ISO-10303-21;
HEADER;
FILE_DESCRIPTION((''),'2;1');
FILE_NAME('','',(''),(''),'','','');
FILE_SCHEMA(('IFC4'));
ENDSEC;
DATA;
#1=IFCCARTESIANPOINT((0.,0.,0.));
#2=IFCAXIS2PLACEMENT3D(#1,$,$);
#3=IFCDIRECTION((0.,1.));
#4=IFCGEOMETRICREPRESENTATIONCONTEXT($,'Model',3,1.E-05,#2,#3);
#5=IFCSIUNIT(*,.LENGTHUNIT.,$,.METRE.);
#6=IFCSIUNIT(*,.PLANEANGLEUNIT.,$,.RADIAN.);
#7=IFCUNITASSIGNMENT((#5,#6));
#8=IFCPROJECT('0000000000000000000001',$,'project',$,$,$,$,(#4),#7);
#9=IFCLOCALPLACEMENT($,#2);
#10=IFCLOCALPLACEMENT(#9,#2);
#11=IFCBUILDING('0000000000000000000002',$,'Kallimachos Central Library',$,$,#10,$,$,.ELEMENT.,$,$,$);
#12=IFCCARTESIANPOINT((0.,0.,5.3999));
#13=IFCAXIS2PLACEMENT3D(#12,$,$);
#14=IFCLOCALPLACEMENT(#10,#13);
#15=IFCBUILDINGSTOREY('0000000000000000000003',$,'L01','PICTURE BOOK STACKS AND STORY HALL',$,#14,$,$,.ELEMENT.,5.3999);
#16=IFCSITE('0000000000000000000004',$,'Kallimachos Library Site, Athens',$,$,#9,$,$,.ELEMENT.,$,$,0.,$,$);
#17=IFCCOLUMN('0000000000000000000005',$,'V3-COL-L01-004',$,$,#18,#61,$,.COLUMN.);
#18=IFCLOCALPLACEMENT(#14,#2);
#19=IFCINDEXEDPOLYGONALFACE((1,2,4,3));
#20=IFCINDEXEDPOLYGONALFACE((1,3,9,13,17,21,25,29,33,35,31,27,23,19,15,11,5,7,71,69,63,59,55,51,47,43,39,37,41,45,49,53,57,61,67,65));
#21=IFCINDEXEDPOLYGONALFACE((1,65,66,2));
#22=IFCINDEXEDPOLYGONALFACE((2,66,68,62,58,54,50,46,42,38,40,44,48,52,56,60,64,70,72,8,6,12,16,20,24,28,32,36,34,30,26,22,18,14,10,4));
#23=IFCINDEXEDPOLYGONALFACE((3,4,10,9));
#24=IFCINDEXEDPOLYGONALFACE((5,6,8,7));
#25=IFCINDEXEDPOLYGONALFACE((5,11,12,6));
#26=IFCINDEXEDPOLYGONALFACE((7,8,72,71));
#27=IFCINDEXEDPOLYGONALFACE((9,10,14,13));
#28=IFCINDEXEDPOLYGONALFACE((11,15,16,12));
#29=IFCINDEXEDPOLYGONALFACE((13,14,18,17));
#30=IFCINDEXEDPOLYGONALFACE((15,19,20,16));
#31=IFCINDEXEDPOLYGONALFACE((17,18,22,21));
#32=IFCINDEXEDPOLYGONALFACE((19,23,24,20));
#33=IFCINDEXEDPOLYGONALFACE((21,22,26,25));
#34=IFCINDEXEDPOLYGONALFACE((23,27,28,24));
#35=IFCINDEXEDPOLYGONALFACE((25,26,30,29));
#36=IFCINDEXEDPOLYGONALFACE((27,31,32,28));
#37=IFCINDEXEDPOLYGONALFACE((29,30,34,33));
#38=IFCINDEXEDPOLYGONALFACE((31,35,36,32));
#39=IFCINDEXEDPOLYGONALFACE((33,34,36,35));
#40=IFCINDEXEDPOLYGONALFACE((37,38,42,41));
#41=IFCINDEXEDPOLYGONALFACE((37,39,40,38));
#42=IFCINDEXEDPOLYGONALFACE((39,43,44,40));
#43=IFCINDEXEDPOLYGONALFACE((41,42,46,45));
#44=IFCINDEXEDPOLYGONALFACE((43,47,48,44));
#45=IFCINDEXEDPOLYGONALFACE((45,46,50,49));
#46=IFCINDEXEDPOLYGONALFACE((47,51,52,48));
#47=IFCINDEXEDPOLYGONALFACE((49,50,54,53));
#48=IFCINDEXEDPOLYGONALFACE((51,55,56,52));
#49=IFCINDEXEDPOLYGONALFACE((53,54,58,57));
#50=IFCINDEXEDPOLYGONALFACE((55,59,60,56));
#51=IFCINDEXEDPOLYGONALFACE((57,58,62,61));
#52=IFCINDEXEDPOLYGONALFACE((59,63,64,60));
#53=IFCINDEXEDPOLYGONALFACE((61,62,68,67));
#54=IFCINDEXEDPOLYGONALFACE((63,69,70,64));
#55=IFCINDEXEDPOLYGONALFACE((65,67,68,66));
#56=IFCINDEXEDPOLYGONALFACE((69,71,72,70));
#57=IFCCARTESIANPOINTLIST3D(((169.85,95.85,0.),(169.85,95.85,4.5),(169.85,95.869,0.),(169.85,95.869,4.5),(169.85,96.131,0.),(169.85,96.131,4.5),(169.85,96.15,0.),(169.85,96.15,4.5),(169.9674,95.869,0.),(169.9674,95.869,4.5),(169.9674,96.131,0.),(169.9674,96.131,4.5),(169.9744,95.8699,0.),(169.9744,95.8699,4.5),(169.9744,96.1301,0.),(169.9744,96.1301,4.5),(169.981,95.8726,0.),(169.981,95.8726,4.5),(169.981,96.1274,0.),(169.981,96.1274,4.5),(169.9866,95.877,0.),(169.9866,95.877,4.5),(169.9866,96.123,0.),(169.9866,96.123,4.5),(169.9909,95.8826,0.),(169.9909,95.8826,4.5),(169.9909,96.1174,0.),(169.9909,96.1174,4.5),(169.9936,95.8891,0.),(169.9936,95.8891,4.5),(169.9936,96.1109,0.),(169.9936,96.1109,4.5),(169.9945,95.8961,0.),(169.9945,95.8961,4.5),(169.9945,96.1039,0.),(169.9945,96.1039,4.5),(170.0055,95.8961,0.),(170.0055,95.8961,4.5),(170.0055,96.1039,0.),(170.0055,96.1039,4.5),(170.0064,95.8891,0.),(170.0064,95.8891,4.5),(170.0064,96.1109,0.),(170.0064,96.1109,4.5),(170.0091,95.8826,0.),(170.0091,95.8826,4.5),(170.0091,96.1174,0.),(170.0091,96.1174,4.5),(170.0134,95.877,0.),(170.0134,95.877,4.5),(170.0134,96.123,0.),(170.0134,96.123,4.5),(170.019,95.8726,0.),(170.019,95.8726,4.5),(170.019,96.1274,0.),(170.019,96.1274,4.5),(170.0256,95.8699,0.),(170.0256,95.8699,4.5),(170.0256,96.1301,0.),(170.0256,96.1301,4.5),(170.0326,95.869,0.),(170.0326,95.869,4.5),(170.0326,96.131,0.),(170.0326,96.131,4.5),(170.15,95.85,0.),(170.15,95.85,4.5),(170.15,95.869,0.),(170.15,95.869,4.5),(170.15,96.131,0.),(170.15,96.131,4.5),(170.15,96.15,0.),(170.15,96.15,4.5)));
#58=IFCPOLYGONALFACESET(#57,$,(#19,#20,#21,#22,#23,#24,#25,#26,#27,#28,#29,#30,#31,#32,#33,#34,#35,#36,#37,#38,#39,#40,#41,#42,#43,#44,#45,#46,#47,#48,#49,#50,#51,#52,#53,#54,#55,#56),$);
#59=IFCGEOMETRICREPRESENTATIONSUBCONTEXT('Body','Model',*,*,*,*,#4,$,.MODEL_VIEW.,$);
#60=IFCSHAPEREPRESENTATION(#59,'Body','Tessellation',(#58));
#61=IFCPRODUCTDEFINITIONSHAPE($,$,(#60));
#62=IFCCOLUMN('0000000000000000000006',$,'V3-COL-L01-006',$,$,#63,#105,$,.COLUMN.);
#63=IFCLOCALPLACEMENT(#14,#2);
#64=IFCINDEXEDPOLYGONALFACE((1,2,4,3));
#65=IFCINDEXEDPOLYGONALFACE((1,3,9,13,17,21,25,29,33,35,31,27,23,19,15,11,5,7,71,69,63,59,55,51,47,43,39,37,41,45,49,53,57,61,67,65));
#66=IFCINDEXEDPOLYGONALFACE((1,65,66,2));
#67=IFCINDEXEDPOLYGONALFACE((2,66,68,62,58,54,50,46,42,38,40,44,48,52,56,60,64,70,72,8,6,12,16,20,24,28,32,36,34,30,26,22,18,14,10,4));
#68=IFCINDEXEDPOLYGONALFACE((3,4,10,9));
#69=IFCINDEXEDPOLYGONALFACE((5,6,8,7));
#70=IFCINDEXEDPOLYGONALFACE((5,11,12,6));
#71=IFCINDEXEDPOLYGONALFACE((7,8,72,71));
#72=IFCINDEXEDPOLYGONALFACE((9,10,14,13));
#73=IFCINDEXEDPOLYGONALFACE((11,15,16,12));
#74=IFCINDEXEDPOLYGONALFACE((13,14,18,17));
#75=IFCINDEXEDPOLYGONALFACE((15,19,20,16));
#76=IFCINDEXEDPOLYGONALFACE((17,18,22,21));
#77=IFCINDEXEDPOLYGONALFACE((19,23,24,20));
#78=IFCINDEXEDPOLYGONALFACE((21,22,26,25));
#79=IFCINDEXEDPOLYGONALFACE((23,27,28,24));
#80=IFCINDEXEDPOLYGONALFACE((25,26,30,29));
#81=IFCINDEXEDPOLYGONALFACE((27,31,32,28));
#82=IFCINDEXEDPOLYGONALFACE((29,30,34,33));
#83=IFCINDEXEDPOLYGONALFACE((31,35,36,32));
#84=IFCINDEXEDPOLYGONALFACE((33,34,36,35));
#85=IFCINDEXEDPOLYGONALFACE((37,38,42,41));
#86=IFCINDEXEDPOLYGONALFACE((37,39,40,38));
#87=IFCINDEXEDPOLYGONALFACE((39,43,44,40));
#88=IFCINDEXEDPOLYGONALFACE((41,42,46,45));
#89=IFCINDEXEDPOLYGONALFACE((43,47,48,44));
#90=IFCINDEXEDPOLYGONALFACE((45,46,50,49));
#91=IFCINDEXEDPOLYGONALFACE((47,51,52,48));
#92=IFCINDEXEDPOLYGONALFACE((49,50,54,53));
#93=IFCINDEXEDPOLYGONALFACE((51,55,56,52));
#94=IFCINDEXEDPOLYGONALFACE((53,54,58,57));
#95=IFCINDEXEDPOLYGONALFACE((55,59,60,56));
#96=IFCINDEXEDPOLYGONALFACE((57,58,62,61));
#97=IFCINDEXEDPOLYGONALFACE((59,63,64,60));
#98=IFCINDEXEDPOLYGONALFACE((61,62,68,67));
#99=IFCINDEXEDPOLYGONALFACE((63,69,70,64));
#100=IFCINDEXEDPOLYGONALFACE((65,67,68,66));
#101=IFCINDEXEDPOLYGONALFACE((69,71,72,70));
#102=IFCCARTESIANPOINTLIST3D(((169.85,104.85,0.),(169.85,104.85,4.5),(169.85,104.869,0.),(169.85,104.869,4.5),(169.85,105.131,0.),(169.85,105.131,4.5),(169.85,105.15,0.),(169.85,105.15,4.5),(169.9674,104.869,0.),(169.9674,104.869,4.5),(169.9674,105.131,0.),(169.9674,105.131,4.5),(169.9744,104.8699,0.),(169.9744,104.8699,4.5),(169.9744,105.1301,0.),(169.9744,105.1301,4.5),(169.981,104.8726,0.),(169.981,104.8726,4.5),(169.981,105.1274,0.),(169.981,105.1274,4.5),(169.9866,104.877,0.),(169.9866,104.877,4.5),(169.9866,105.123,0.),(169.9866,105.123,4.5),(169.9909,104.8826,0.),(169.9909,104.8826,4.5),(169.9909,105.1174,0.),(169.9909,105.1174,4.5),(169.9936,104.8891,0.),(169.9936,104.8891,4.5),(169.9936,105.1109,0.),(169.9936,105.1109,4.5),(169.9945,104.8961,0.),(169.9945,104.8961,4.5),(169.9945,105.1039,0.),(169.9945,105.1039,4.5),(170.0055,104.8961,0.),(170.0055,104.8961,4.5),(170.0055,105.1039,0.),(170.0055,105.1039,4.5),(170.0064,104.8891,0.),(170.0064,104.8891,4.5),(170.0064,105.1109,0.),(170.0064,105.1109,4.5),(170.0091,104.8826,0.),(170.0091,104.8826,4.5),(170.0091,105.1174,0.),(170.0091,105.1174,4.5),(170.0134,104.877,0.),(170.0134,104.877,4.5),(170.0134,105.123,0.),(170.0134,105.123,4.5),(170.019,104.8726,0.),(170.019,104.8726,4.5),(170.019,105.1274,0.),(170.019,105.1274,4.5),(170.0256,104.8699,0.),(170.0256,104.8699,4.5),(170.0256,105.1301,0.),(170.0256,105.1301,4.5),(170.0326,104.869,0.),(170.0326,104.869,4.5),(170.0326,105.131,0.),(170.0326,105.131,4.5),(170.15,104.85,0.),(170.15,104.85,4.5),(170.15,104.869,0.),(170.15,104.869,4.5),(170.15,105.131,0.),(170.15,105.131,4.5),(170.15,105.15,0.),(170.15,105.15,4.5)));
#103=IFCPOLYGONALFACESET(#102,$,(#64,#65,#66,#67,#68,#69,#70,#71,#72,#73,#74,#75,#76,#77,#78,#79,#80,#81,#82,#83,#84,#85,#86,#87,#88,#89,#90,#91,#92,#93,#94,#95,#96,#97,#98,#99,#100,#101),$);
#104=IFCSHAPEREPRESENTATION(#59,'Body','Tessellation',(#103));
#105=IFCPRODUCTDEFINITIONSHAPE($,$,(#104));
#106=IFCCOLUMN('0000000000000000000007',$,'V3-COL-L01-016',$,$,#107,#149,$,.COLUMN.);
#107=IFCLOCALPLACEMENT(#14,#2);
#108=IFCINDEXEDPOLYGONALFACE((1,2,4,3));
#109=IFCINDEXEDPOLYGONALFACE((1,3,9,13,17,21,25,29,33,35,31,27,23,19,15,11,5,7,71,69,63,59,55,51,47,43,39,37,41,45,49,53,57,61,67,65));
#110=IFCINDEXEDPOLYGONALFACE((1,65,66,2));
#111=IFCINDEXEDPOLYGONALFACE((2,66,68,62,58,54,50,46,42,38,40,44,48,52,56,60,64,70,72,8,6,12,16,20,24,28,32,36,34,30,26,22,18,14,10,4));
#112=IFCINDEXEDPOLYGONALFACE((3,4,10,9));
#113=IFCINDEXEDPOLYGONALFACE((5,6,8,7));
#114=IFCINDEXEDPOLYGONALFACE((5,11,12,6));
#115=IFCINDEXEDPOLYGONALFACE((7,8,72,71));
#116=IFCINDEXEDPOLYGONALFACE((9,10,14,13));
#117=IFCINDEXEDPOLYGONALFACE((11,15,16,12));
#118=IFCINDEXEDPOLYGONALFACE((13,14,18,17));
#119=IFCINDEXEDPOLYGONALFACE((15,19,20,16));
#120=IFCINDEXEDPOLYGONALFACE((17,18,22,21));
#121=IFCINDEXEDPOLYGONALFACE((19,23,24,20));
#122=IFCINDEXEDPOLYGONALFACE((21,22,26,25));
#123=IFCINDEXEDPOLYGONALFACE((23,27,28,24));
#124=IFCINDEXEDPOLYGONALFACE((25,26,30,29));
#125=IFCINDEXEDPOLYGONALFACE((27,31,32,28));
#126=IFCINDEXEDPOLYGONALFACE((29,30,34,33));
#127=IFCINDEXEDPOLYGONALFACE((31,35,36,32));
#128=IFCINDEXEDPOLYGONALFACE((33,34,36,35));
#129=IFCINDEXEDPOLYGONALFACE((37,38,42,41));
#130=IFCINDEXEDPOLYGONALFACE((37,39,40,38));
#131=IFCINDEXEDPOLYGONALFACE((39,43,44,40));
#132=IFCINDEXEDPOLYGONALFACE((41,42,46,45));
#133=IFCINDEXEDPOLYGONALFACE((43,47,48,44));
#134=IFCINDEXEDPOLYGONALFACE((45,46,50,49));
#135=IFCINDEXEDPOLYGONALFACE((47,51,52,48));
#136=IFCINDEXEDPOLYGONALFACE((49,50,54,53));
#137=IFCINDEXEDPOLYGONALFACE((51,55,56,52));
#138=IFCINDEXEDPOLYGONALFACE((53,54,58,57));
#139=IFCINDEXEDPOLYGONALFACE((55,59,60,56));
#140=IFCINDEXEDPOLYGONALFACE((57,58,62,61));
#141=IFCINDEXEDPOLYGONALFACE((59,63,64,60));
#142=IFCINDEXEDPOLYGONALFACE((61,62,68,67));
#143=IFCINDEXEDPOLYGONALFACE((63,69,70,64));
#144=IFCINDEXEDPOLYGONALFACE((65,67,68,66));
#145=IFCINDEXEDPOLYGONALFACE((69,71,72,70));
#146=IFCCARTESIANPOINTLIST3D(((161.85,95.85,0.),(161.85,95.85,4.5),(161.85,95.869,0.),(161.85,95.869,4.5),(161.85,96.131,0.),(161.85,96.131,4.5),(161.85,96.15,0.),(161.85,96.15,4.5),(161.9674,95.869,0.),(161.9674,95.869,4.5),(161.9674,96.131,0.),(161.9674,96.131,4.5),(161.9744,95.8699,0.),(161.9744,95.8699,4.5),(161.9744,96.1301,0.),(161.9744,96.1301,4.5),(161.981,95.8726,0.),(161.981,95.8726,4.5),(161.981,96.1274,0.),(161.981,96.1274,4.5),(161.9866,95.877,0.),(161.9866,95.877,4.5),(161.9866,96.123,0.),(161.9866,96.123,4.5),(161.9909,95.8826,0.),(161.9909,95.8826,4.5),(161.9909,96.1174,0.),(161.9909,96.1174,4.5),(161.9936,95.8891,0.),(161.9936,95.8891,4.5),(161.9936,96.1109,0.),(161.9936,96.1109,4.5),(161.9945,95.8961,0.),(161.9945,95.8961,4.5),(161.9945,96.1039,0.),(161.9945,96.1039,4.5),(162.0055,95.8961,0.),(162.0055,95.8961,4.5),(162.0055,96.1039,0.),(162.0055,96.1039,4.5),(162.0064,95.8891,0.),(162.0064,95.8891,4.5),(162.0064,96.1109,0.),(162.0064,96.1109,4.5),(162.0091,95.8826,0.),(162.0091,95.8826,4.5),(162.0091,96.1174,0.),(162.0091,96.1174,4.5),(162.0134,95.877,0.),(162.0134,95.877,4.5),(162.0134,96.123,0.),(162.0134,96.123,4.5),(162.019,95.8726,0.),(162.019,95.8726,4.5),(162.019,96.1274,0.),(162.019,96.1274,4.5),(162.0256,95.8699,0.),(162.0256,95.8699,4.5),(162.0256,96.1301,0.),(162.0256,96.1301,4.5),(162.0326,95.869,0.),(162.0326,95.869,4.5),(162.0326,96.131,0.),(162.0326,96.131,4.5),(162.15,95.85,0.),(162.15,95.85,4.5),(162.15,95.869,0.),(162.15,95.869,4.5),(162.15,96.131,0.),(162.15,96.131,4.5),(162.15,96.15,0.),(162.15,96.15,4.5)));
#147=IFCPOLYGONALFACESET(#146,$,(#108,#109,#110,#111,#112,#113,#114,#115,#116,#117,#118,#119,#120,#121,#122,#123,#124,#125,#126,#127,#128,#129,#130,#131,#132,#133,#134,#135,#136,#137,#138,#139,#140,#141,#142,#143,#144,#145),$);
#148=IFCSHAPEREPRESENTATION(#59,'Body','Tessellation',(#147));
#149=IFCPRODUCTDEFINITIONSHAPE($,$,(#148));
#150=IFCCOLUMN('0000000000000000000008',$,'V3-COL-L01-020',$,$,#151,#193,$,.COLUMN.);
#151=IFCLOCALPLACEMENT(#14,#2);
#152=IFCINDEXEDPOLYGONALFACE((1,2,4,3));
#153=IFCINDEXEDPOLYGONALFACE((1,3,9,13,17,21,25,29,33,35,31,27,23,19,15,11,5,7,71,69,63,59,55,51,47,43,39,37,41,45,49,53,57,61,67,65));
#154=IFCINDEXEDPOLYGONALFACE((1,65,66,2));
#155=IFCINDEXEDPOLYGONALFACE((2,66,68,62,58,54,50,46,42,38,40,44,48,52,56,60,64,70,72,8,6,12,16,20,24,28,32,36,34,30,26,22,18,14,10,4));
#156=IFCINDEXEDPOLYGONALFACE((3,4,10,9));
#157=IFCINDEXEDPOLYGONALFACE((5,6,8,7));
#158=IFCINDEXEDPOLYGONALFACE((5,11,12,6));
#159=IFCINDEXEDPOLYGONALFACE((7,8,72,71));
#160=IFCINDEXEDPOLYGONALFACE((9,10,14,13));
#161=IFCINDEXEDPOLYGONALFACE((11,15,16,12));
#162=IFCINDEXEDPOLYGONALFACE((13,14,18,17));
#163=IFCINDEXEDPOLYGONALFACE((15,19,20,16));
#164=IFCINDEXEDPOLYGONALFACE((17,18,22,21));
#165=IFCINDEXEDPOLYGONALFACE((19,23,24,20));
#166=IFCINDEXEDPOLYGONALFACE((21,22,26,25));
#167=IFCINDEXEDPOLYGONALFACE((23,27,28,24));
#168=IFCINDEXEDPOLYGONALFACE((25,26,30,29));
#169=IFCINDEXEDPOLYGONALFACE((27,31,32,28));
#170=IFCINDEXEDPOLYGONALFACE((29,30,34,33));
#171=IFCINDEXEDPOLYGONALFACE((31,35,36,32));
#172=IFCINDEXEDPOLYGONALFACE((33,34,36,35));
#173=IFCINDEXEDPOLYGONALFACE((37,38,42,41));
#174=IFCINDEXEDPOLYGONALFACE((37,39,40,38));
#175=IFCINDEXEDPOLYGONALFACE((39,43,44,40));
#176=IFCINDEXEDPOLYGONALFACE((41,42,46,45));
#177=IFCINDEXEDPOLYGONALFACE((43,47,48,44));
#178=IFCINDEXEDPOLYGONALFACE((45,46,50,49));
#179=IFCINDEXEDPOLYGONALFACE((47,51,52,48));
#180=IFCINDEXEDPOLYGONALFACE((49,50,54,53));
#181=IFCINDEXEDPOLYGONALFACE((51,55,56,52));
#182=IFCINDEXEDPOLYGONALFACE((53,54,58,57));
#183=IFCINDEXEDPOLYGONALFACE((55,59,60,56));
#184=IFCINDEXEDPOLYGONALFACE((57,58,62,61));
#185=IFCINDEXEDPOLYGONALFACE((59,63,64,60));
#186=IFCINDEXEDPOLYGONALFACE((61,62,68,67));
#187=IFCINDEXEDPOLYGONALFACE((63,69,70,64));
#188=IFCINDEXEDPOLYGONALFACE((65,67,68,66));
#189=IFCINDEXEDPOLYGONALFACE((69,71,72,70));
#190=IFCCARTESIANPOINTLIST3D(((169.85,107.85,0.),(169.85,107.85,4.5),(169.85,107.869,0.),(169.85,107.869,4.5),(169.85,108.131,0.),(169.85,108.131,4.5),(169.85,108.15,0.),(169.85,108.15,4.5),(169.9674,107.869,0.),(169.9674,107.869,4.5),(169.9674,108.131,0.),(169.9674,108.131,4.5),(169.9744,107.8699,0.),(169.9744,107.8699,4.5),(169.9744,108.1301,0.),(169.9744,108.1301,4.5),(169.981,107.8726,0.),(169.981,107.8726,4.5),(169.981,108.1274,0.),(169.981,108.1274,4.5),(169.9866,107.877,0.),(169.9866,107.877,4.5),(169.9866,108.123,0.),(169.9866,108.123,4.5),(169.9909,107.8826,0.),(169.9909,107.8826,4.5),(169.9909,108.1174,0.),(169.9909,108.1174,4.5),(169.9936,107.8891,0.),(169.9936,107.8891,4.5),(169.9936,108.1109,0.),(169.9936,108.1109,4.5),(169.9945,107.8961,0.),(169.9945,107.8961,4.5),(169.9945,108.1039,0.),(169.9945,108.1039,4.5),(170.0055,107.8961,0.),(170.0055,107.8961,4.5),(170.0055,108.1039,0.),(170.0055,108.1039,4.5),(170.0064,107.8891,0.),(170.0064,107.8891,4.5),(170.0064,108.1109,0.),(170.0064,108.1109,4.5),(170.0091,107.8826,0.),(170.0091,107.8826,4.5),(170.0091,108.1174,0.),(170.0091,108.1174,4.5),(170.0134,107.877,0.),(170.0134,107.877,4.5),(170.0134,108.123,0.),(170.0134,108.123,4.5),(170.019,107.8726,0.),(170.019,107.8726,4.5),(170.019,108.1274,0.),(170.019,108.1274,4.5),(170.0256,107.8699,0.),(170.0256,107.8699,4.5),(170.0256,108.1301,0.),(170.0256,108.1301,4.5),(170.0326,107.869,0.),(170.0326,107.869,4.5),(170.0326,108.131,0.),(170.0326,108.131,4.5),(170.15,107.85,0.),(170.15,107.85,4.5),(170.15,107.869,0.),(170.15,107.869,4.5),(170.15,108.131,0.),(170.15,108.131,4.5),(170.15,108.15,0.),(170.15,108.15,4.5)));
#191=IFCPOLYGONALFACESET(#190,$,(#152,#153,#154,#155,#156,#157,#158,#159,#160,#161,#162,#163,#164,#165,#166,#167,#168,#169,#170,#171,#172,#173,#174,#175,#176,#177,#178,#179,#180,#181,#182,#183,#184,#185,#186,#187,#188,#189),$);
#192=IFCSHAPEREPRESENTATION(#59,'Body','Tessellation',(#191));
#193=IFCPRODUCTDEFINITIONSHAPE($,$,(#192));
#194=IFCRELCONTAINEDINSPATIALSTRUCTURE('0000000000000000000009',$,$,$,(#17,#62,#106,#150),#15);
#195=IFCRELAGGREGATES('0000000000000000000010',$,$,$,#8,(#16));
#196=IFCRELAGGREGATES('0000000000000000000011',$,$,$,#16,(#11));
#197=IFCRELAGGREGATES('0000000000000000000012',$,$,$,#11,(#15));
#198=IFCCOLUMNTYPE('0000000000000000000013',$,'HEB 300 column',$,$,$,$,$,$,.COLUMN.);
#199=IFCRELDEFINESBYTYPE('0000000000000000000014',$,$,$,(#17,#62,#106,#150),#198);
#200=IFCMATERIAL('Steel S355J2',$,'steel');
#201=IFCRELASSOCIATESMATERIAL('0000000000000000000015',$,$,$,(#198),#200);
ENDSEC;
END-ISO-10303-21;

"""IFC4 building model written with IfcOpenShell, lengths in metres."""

from ifc_helpers import new_model, si_unit, direction, frame, origin, origin_2d, place, context, subcontext, project, spatial, i_section, extrude, material, material_profile, profile_set, type_object, element, save


model = new_model("IFC4")

# Units and contexts
model_context = context("Model", 3, precision=1e-05, world=origin(), true_north=direction((0.0, 1.0)))
body_context = subcontext(model_context, "Body", "Model", "MODEL_VIEW")
ifc_project = project(units=[si_unit("LENGTHUNIT", "METRE"), si_unit("PLANEANGLEUNIT", "RADIAN")], contexts=[model_context])

# Site, building, storey
site_placement = place(None, origin())
site = spatial("IfcSite", under=ifc_project, at=site_placement, Name="Kallimachos Library Site, Athens", CompositionType="ELEMENT", RefElevation=0.0)
building_placement = place(site_placement, origin())
building = spatial("IfcBuilding", under=site, at=building_placement, Name="Kallimachos Central Library", CompositionType="ELEMENT")
storey_placement = place(building_placement, frame((0.0, 0.0, 5.3999)))
storey = spatial("IfcBuildingStorey", under=building, at=storey_placement, Name="L01", Description="PICTURE BOOK STACKS AND STORY HALL", CompositionType="ELEMENT", Elevation=5.3999)

# Columns
ifc_material_1 = material(Name="Steel S355J2", Category="steel")
ifc_material_profile_1 = material_profile(ifc_material_1, i_section(OverallWidth=0.3, OverallDepth=0.3, WebThickness=0.011, FlangeThickness=0.019, FilletRadius=0.0271, at=origin_2d()), Name="HEB 300")
ifc_profile_set_1 = profile_set([ifc_material_profile_1], Name="Steel S355J2")
column_type = type_object("IfcColumnType", Name="HEB 300 column", PredefinedType="COLUMN", material=ifc_profile_set_1)
for number, where, z_axis, x_axis, name in (
    (1, (170.0, 96.0, 0.0), (0.0, 0.0, 1.0), (1.0, 0.0, 0.0), "V3-COL-L01-004"),
    (2, (170.0, 105.0, 0.0), (0.0, 0.0, 1.0), (1.0, 0.0, 0.0), "V3-COL-L01-006"),
    (3, (162.0, 96.0, 0.0), (0.0, 0.0, 1.0), (1.0, 0.0, 0.0), "V3-COL-L01-016"),
    (4, (170.0, 108.0, 0.0), (0.0, 0.0, 1.0), (1.0, 0.0, 0.0), "V3-COL-L01-020"),
):
    element("IfcColumn", number, at=place(storey_placement, frame(where, z_axis=z_axis, x_axis=x_axis)), inside=storey, type_object=column_type, Name=name, PredefinedType="COLUMN", context=body_context, shape_type="SweptSolid", body=[
        extrude(i_section(OverallWidth=0.3, OverallDepth=0.3, WebThickness=0.011, FlangeThickness=0.019, FilletRadius=0.0271, at=origin_2d()), origin(), (0.0, 0.0, 1.0), 4.5),
    ])

save(model, "model.ifc")
